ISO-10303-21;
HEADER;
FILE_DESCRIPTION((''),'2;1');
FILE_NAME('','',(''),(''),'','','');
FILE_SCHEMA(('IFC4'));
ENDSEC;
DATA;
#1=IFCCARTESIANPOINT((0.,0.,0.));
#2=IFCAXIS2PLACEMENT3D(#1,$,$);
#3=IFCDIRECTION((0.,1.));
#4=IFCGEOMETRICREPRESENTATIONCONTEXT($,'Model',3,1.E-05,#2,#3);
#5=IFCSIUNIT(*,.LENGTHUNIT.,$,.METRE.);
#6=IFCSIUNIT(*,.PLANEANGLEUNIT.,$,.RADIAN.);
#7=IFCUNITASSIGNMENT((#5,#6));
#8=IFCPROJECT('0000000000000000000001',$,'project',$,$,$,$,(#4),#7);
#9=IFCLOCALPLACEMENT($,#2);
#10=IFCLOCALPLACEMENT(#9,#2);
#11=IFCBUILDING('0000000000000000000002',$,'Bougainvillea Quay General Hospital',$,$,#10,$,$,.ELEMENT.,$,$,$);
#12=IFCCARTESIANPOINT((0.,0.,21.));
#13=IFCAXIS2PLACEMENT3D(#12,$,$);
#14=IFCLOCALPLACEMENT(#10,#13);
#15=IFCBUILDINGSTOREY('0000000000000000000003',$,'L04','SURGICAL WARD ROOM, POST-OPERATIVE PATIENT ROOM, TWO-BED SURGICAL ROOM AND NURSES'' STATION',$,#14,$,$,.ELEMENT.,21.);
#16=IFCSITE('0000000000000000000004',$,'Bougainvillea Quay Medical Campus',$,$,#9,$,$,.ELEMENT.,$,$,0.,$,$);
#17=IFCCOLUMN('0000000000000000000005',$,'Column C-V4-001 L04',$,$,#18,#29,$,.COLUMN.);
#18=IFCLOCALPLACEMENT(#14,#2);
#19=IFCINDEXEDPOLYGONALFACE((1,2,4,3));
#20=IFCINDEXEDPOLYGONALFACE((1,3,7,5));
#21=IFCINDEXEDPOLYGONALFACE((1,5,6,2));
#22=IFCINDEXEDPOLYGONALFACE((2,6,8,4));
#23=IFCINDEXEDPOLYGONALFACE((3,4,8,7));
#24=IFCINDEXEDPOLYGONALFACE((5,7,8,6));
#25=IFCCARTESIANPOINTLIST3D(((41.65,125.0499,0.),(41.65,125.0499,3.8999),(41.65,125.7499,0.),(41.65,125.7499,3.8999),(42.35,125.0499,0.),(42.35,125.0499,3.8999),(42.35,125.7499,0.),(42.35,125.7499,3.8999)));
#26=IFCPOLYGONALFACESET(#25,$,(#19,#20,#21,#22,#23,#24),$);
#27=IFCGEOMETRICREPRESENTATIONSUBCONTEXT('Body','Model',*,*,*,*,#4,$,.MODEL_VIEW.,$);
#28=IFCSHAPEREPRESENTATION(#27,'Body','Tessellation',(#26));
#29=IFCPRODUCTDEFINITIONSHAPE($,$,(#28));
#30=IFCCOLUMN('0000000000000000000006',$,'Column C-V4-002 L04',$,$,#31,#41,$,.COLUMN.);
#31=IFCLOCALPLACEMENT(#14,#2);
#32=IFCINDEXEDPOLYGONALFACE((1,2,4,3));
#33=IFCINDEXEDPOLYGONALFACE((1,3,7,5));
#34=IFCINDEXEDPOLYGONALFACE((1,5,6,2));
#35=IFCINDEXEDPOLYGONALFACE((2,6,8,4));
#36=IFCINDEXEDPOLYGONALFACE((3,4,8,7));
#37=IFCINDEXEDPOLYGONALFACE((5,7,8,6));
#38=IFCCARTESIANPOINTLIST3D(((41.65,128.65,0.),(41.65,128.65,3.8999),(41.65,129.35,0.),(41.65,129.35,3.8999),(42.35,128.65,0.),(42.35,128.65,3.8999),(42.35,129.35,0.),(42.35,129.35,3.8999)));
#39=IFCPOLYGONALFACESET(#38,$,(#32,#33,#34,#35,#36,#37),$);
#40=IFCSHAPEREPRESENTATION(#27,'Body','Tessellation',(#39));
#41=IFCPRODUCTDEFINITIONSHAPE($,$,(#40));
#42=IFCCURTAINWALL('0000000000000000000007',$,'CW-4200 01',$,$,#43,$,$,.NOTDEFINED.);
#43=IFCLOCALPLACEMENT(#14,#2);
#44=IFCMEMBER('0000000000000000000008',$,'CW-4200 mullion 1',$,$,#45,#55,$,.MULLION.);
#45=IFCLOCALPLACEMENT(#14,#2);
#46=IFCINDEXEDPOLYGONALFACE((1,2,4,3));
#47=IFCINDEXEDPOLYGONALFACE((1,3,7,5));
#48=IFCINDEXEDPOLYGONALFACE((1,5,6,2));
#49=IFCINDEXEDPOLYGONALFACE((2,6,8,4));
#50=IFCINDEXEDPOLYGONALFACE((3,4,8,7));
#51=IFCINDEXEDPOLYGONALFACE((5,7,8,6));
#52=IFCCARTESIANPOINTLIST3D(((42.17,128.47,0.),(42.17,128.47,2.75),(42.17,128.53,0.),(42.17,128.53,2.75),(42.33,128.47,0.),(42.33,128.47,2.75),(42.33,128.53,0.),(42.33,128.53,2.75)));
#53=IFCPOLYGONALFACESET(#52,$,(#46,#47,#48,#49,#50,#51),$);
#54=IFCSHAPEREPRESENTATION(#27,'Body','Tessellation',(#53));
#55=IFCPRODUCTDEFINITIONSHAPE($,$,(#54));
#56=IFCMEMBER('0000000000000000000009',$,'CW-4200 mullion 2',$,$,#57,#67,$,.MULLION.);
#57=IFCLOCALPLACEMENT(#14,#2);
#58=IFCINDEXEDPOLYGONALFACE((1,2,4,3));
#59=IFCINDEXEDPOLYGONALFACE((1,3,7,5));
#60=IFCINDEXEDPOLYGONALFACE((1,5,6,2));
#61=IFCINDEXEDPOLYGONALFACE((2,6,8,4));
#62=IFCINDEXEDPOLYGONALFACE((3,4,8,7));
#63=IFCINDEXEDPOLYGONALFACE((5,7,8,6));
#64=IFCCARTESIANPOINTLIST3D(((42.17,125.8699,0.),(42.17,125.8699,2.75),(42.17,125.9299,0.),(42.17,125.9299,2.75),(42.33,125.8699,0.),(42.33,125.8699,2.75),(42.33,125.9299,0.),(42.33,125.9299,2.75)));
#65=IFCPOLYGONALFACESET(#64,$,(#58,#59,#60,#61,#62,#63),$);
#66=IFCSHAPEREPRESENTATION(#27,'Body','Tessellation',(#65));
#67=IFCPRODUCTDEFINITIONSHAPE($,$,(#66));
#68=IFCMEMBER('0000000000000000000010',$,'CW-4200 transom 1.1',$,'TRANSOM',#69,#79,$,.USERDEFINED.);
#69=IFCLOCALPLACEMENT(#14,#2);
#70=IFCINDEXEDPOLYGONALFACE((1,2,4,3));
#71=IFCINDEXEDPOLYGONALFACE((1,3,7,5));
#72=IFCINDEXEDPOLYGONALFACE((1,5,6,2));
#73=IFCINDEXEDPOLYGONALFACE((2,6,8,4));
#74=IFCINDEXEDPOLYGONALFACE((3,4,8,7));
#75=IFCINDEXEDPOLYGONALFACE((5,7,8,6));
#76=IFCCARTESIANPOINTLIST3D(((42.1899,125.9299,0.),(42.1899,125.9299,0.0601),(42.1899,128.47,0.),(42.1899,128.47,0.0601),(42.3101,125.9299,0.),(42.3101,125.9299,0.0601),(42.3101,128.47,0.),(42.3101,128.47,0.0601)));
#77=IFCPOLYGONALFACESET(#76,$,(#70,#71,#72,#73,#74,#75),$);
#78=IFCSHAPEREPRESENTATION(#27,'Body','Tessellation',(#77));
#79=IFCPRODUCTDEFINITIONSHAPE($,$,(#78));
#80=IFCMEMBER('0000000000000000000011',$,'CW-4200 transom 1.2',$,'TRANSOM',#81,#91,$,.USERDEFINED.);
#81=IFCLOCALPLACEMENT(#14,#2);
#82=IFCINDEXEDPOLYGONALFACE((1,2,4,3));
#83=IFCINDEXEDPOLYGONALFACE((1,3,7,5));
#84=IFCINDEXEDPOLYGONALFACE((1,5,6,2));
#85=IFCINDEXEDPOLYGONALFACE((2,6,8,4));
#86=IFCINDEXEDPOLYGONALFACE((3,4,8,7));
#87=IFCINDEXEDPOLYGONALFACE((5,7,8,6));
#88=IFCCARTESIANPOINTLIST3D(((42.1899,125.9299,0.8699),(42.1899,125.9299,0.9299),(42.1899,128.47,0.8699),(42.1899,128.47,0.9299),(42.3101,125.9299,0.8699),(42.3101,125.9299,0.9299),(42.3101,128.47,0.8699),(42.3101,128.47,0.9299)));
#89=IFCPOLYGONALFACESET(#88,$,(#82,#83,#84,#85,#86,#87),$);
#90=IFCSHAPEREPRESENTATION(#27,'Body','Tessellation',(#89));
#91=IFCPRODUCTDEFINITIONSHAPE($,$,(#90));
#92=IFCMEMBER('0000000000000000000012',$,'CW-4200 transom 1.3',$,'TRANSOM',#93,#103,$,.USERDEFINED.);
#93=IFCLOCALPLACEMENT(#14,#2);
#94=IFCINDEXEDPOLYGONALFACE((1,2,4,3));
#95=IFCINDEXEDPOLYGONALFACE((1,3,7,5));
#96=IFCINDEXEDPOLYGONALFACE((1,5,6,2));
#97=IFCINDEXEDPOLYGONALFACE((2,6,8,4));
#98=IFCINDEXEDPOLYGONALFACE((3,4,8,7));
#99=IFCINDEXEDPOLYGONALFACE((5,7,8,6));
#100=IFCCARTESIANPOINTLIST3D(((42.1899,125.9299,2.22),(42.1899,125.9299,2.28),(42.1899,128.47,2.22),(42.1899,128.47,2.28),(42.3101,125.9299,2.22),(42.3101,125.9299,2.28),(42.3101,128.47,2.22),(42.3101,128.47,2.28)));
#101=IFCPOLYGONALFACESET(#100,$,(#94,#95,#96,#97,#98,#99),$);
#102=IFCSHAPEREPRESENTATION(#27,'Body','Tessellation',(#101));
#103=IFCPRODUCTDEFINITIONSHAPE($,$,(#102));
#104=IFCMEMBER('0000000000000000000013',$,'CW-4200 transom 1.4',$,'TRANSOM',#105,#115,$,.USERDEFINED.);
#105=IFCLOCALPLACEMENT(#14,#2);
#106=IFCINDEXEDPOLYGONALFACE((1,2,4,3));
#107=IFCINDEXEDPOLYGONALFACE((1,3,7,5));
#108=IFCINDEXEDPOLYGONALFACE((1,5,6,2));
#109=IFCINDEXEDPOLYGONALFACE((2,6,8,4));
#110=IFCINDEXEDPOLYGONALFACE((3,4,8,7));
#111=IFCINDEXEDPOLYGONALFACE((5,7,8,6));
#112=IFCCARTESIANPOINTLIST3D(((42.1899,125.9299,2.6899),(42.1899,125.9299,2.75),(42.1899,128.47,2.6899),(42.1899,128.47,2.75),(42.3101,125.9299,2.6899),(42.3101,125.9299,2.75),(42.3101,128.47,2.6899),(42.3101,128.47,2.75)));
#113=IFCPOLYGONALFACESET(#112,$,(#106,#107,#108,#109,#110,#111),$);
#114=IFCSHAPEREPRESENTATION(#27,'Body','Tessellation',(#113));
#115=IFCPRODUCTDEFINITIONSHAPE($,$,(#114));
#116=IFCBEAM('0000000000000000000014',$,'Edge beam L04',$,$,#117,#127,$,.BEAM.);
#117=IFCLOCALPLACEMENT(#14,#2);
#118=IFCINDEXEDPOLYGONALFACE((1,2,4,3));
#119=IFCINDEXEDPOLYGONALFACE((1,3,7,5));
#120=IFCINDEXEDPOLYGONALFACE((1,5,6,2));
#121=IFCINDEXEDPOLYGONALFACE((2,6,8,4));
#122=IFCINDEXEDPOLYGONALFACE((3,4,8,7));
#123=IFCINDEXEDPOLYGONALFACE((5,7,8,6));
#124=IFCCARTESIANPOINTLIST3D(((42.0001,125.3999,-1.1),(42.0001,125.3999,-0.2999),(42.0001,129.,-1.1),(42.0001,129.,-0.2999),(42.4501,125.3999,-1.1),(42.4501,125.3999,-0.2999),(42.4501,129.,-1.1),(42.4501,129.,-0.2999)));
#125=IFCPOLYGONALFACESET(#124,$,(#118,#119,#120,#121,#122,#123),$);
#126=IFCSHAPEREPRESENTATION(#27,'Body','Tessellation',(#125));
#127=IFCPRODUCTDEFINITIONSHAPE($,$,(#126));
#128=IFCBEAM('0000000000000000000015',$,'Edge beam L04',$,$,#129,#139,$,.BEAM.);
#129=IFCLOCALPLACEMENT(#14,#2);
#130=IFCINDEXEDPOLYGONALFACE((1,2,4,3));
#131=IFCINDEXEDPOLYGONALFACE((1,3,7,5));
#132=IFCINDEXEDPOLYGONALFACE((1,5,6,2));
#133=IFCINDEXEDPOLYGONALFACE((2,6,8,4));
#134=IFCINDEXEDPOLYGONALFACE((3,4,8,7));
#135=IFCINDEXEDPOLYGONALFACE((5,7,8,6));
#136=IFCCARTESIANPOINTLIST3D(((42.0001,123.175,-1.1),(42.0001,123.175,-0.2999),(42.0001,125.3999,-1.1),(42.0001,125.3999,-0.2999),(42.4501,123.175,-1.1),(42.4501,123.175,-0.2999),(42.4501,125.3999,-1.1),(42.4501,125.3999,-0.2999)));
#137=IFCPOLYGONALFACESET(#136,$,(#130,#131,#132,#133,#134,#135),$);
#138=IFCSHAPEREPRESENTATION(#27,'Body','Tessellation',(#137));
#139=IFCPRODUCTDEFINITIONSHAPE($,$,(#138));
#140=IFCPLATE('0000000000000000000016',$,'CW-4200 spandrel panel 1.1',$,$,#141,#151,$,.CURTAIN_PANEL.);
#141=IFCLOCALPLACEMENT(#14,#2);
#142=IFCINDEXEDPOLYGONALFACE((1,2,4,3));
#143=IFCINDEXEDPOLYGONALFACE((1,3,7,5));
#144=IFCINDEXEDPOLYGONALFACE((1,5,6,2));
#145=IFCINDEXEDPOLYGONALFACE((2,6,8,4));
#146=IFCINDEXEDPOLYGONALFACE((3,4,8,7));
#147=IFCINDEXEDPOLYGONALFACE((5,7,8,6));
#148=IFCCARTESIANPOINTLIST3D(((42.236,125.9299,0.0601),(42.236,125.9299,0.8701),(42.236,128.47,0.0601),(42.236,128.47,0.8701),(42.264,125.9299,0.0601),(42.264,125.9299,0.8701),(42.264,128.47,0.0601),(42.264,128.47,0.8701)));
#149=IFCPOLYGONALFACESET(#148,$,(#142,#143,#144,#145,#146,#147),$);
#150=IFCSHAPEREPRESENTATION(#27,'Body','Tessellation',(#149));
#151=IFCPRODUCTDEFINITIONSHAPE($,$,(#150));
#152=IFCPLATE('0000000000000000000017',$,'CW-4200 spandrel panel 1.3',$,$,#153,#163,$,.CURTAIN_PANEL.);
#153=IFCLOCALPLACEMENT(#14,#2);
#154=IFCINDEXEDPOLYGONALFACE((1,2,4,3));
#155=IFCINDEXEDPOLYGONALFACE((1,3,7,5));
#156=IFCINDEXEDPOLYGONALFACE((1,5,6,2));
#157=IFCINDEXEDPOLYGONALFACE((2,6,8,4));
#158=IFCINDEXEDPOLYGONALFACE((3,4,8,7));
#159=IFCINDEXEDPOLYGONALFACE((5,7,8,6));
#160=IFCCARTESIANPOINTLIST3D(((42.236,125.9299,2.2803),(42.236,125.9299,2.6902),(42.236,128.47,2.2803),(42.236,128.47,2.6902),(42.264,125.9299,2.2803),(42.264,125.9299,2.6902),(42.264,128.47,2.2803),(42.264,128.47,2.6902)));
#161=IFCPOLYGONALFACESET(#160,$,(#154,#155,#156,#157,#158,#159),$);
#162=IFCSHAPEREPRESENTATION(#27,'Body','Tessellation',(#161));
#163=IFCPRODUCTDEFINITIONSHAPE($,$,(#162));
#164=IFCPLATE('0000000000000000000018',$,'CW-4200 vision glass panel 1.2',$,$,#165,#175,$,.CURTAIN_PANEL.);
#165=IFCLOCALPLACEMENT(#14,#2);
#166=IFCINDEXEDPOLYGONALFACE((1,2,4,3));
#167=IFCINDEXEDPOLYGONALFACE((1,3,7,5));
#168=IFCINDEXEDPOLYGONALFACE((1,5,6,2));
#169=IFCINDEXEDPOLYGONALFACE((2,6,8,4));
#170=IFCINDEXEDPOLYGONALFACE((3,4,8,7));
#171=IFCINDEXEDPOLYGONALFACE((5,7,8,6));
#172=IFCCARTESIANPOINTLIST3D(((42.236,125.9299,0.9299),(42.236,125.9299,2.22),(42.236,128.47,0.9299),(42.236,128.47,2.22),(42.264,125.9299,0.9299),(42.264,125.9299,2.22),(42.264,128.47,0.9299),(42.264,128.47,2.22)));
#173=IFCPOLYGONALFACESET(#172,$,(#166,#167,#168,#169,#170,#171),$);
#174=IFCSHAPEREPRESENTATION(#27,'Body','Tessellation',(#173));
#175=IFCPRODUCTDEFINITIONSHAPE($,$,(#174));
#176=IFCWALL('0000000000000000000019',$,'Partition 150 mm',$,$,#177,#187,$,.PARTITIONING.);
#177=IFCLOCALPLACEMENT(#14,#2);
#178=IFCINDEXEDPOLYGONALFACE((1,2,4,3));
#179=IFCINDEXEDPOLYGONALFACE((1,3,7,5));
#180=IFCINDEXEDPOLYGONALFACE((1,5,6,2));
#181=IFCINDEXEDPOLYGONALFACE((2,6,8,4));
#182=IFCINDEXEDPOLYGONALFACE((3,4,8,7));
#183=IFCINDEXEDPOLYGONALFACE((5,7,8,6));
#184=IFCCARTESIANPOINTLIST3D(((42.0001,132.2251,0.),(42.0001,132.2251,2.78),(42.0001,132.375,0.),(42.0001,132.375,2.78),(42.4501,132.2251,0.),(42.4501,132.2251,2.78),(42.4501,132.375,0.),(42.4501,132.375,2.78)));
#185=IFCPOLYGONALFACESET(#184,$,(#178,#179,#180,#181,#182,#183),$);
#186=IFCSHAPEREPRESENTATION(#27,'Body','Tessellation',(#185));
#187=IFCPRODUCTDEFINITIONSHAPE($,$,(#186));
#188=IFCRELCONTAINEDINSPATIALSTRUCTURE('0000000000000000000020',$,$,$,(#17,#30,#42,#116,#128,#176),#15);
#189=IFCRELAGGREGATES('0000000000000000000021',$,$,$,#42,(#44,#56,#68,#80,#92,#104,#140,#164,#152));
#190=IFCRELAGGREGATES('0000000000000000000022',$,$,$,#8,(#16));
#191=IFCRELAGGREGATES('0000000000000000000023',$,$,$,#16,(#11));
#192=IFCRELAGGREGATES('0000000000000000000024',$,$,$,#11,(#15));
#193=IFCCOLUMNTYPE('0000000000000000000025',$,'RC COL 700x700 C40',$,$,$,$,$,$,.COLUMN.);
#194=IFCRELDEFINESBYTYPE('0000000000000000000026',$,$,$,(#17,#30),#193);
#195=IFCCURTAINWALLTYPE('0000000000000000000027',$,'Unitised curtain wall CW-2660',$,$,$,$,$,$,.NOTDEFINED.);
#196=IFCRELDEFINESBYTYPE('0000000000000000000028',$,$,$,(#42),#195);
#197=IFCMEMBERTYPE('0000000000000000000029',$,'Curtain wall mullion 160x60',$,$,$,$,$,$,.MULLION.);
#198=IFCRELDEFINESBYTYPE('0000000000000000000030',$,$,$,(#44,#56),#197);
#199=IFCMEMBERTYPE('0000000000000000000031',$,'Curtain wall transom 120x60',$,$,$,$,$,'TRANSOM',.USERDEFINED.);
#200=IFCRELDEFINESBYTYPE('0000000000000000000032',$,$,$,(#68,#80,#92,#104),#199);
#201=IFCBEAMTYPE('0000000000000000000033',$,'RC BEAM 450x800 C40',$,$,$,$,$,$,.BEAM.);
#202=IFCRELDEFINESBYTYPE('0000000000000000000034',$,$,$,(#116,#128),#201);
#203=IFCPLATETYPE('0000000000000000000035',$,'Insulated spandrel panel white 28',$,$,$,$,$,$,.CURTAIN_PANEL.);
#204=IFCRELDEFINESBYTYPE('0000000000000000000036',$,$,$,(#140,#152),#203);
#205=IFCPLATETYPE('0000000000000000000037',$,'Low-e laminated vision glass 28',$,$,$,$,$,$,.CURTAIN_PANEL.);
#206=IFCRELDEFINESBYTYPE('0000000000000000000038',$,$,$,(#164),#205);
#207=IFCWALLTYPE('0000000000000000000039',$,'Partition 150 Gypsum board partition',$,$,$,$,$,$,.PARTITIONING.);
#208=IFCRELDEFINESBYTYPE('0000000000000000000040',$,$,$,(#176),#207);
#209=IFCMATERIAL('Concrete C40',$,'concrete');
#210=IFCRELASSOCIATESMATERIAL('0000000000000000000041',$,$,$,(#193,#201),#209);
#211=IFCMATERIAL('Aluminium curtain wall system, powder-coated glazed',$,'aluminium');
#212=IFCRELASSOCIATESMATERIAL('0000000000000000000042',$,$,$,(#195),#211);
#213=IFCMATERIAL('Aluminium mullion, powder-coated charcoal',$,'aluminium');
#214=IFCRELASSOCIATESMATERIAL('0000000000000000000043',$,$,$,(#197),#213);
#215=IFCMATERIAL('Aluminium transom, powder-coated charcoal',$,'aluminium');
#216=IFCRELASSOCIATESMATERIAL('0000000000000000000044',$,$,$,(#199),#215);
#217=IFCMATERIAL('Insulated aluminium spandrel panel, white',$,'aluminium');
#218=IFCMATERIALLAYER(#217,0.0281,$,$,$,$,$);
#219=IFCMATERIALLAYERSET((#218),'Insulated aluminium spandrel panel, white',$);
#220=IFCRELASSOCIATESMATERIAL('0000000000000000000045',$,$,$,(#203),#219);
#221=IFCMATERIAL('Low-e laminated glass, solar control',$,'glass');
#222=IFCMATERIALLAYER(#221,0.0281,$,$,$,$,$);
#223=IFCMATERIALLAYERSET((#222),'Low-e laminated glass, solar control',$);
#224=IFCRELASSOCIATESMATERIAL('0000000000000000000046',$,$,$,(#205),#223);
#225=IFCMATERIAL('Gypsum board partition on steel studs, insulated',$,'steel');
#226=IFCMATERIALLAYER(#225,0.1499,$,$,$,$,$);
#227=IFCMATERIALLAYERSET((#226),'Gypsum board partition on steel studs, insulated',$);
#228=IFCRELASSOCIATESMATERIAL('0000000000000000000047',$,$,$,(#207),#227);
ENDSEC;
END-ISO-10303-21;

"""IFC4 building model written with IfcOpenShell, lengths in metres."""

from ifc_helpers import new_model, si_unit, direction, frame, frame_2d, origin, origin_2d, place, context, subcontext, project, spatial, rectangle, extrude, material, layer, layer_set, material_profile, profile_set, type_object, element, aggregate, save


model = new_model("IFC4")

# Units and contexts
model_context = context("Model", 3, precision=1e-05, world=origin(), true_north=direction((0.0, 1.0)))
body_context = subcontext(model_context, "Body", "Model", "MODEL_VIEW")
ifc_project = project(units=[si_unit("LENGTHUNIT", "METRE"), si_unit("PLANEANGLEUNIT", "RADIAN")], contexts=[model_context])

# Site, building, storey
site_placement = place(None, origin())
site = spatial("IfcSite", under=ifc_project, at=site_placement, Name="Bougainvillea Quay Medical Campus", CompositionType="ELEMENT", RefElevation=0.0)
building_placement = place(site_placement, origin())
building = spatial("IfcBuilding", under=site, at=building_placement, Name="Bougainvillea Quay General Hospital", CompositionType="ELEMENT")
storey_placement = place(building_placement, frame((0.0, 0.0, 21.0)))
storey = spatial("IfcBuildingStorey", under=building, at=storey_placement, Name="L04", Description="SURGICAL WARD ROOM, POST-OPERATIVE PATIENT ROOM, TWO-BED SURGICAL ROOM AND NURSES' STATION", CompositionType="ELEMENT", Elevation=21.0)

# Columns
ifc_material_1 = material(Name="Concrete C40", Category="concrete")
ifc_material_profile_1 = material_profile(ifc_material_1, rectangle(XDim=0.7, YDim=0.7, at=origin_2d()))
ifc_profile_set_1 = profile_set([ifc_material_profile_1], Name="Concrete C40")
column_type = type_object("IfcColumnType", Name="RC COL 700x700 C40", PredefinedType="COLUMN", material=ifc_profile_set_1)
for number, where, z_axis, x_axis, name in (
    (1, (42.0, 125.3999, 0.0), (0.0, 0.0, 1.0), (1.0, 0.0, 0.0), "Column C-V4-001 L04"),
    (2, (42.0, 129.0, 0.0), (0.0, 0.0, 1.0), (1.0, 0.0, 0.0), "Column C-V4-002 L04"),
):
    element("IfcColumn", number, at=place(storey_placement, frame(where, z_axis=z_axis, x_axis=x_axis)), inside=storey, type_object=column_type, Name=name, PredefinedType="COLUMN", context=body_context, shape_type="SweptSolid", body=[
        extrude(rectangle(XDim=0.7, YDim=0.7, at=origin_2d()), origin(), (0.0, 0.0, 1.0), 3.8999),
    ])

# Curtain wall, members
ifc_material_2 = material(Name="Aluminium curtain wall system, powder-coated glazed", Category="aluminium")
curtain_wall_type = type_object("IfcCurtainWallType", Name="Unitised curtain wall CW-2660", PredefinedType="NOTDEFINED", material=ifc_material_2)
curtain_wall_placement = place(storey_placement, origin())
curtain_wall = element("IfcCurtainWall", 3, at=curtain_wall_placement, inside=storey, type_object=curtain_wall_type, Name="CW-4200 01", PredefinedType="NOTDEFINED")
ifc_material_3 = material(Name="Aluminium mullion, powder-coated charcoal", Category="aluminium")
ifc_material_profile_2 = material_profile(ifc_material_3, rectangle(XDim=0.1599, YDim=0.0601, at=origin_2d()))
ifc_profile_set_2 = profile_set([ifc_material_profile_2], Name="Aluminium mullion, powder-coated charcoal")
member_type_1 = type_object("IfcMemberType", Name="Curtain wall mullion 160x60", PredefinedType="MULLION", material=ifc_profile_set_2)
member_1_placement = place(storey_placement, frame((42.25, 128.5, 0.0), z_axis=(0.0, 0.0, 1.0), x_axis=(1.0, 0.0, 0.0)))
member_1 = element("IfcMember", 4, at=member_1_placement, type_object=member_type_1, Name="CW-4200 mullion 1", PredefinedType="MULLION", context=body_context, shape_type="SweptSolid", body=[
    extrude(rectangle(XDim=0.1599, YDim=0.0601, at=origin_2d()), origin(), (0.0, 0.0, 1.0), 2.75),
])
member_2_placement = place(storey_placement, frame((42.25, 125.8999, 0.0), z_axis=(0.0, 0.0, 1.0), x_axis=(1.0, 0.0, 0.0)))
member_2 = element("IfcMember", 5, at=member_2_placement, type_object=member_type_1, Name="CW-4200 mullion 2", PredefinedType="MULLION", context=body_context, shape_type="SweptSolid", body=[
    extrude(rectangle(XDim=0.1599, YDim=0.0601, at=origin_2d()), origin(), (0.0, 0.0, 1.0), 2.75),
])
ifc_material_4 = material(Name="Aluminium transom, powder-coated charcoal", Category="aluminium")
ifc_material_profile_3 = material_profile(ifc_material_4, rectangle(XDim=0.1201, YDim=0.0601, at=origin_2d()))
ifc_profile_set_3 = profile_set([ifc_material_profile_3], Name="Aluminium transom, powder-coated charcoal")
member_type_2 = type_object("IfcMemberType", Name="Curtain wall transom 120x60", ElementType="TRANSOM", PredefinedType="USERDEFINED", material=ifc_profile_set_3)
member_3_placement = place(storey_placement, frame((42.25, 128.47, 0.03), z_axis=(0.0, -1.0, 0.0), x_axis=(1.0, 0.0, 0.0)))
member_3 = element("IfcMember", 6, at=member_3_placement, type_object=member_type_2, Name="CW-4200 transom 1.1", ObjectType="TRANSOM", PredefinedType="USERDEFINED", context=body_context, shape_type="SweptSolid", body=[
    extrude(rectangle(XDim=0.1201, YDim=0.0601, at=origin_2d()), origin(), (0.0, 0.0, 1.0), 2.54),
])
member_4_placement = place(storey_placement, frame((42.25, 128.47, 0.8999), z_axis=(0.0, -1.0, 0.0), x_axis=(1.0, 0.0, 0.0)))
member_4 = element("IfcMember", 7, at=member_4_placement, type_object=member_type_2, Name="CW-4200 transom 1.2", ObjectType="TRANSOM", PredefinedType="USERDEFINED", context=body_context, shape_type="SweptSolid", body=[
    extrude(rectangle(XDim=0.1201, YDim=0.0601, at=origin_2d()), origin(), (0.0, 0.0, 1.0), 2.54),
])
member_5_placement = place(storey_placement, frame((42.25, 128.47, 2.25), z_axis=(0.0, -1.0, 0.0), x_axis=(1.0, 0.0, 0.0)))
member_5 = element("IfcMember", 8, at=member_5_placement, type_object=member_type_2, Name="CW-4200 transom 1.3", ObjectType="TRANSOM", PredefinedType="USERDEFINED", context=body_context, shape_type="SweptSolid", body=[
    extrude(rectangle(XDim=0.1201, YDim=0.0601, at=origin_2d()), origin(), (0.0, 0.0, 1.0), 2.54),
])
member_6_placement = place(storey_placement, frame((42.25, 128.47, 2.72), z_axis=(0.0, -1.0, 0.0), x_axis=(1.0, 0.0, 0.0)))
member_6 = element("IfcMember", 9, at=member_6_placement, type_object=member_type_2, Name="CW-4200 transom 1.4", ObjectType="TRANSOM", PredefinedType="USERDEFINED", context=body_context, shape_type="SweptSolid", body=[
    extrude(rectangle(XDim=0.1201, YDim=0.0601, at=origin_2d()), origin(), (0.0, 0.0, 1.0), 2.54),
])

# Beams
ifc_material_profile_4 = material_profile(ifc_material_1, rectangle(XDim=0.45, YDim=0.8, at=origin_2d()))
ifc_profile_set_4 = profile_set([ifc_material_profile_4], Name="Concrete C40")
beam_type = type_object("IfcBeamType", Name="RC BEAM 450x800 C40", PredefinedType="BEAM", material=ifc_profile_set_4)
beam_1_placement = place(storey_placement, frame((42.2251, 129.0, -0.7), z_axis=(0.0, -1.0, 0.0), x_axis=(1.0, 0.0, 0.0)))
element("IfcBeam", 10, at=beam_1_placement, inside=storey, type_object=beam_type, Name="Edge beam L04", PredefinedType="BEAM", context=body_context, shape_type="SweptSolid", body=[
    extrude(rectangle(XDim=0.45, YDim=0.8, at=origin_2d()), origin(), (0.0, 0.0, 1.0), 3.6001),
])
beam_2_placement = place(storey_placement, frame((42.2251, 125.3999, -0.7), z_axis=(0.0, -1.0, 0.0), x_axis=(1.0, 0.0, 0.0)))
element("IfcBeam", 11, at=beam_2_placement, inside=storey, type_object=beam_type, Name="Edge beam L04", PredefinedType="BEAM", context=body_context, shape_type="SweptSolid", body=[
    extrude(rectangle(XDim=0.45, YDim=0.8, at=origin_2d()), origin(), (0.0, 0.0, 1.0), 2.2249),
])

# Plates
ifc_material_5 = material(Name="Insulated aluminium spandrel panel, white", Category="aluminium")
ifc_layer_1 = layer(ifc_material_5, 0.0281)
ifc_layer_set_1 = layer_set([ifc_layer_1], Name="Insulated aluminium spandrel panel, white")
plate_type_1 = type_object("IfcPlateType", Name="Insulated spandrel panel white 28", PredefinedType="CURTAIN_PANEL", material=ifc_layer_set_1)
plate_1_placement = place(storey_placement, frame((42.25, 127.2, 0.0601), z_axis=(0.0, 0.0, 1.0), x_axis=(0.0, -1.0, 0.0)))
plate_1 = element("IfcPlate", 12, at=plate_1_placement, type_object=plate_type_1, Name="CW-4200 spandrel panel 1.1", PredefinedType="CURTAIN_PANEL", context=body_context, shape_type="SweptSolid", body=[
    extrude(rectangle(XDim=2.54, YDim=0.0281, at=origin_2d()), origin(), (0.0, 0.0, 1.0), 0.8101),
])
plate_2_placement = place(storey_placement, frame((42.25, 127.2, 2.2803), z_axis=(0.0, 0.0, 1.0), x_axis=(0.0, -1.0, 0.0)))
plate_2 = element("IfcPlate", 13, at=plate_2_placement, type_object=plate_type_1, Name="CW-4200 spandrel panel 1.3", PredefinedType="CURTAIN_PANEL", context=body_context, shape_type="SweptSolid", body=[
    extrude(rectangle(XDim=2.54, YDim=0.0281, at=origin_2d()), origin(), (0.0, 0.0, 1.0), 0.4099),
])
ifc_material_6 = material(Name="Low-e laminated glass, solar control", Category="glass")
ifc_layer_2 = layer(ifc_material_6, 0.0281)
ifc_layer_set_2 = layer_set([ifc_layer_2], Name="Low-e laminated glass, solar control")
plate_type_2 = type_object("IfcPlateType", Name="Low-e laminated vision glass 28", PredefinedType="CURTAIN_PANEL", material=ifc_layer_set_2)
plate_3_placement = place(storey_placement, frame((42.25, 127.2, 0.9299), z_axis=(0.0, 0.0, 1.0), x_axis=(0.0, -1.0, 0.0)))
plate_3 = element("IfcPlate", 14, at=plate_3_placement, type_object=plate_type_2, Name="CW-4200 vision glass panel 1.2", PredefinedType="CURTAIN_PANEL", context=body_context, shape_type="SweptSolid", body=[
    extrude(rectangle(XDim=2.54, YDim=0.0281, at=origin_2d()), origin(), (0.0, 0.0, 1.0), 1.29),
])
aggregate(curtain_wall, [member_1, member_2, member_3, member_4, member_5, member_6, plate_1, plate_3, plate_2])

# Wall
ifc_material_7 = material(Name="Gypsum board partition on steel studs, insulated", Category="steel")
ifc_layer_3 = layer(ifc_material_7, 0.1499)
ifc_layer_set_3 = layer_set([ifc_layer_3], Name="Gypsum board partition on steel studs, insulated")
wall_type = type_object("IfcWallType", Name="Partition 150 Gypsum board partition", PredefinedType="PARTITIONING", material=ifc_layer_set_3)
wall_placement = place(storey_placement, frame((42.0, 132.3, 0.0), z_axis=(0.0, 0.0, 1.0), x_axis=(1.0, 0.0, 0.0)))
element("IfcWall", 15, at=wall_placement, inside=storey, type_object=wall_type, Name="Partition 150 mm", PredefinedType="PARTITIONING", context=body_context, shape_type="SweptSolid", body=[
    extrude(rectangle(XDim=0.45, YDim=0.1499, at=frame_2d((0.2251, 0.0))), origin(), (0.0, 0.0, 1.0), 2.78),
])

save(model, "model.ifc")
